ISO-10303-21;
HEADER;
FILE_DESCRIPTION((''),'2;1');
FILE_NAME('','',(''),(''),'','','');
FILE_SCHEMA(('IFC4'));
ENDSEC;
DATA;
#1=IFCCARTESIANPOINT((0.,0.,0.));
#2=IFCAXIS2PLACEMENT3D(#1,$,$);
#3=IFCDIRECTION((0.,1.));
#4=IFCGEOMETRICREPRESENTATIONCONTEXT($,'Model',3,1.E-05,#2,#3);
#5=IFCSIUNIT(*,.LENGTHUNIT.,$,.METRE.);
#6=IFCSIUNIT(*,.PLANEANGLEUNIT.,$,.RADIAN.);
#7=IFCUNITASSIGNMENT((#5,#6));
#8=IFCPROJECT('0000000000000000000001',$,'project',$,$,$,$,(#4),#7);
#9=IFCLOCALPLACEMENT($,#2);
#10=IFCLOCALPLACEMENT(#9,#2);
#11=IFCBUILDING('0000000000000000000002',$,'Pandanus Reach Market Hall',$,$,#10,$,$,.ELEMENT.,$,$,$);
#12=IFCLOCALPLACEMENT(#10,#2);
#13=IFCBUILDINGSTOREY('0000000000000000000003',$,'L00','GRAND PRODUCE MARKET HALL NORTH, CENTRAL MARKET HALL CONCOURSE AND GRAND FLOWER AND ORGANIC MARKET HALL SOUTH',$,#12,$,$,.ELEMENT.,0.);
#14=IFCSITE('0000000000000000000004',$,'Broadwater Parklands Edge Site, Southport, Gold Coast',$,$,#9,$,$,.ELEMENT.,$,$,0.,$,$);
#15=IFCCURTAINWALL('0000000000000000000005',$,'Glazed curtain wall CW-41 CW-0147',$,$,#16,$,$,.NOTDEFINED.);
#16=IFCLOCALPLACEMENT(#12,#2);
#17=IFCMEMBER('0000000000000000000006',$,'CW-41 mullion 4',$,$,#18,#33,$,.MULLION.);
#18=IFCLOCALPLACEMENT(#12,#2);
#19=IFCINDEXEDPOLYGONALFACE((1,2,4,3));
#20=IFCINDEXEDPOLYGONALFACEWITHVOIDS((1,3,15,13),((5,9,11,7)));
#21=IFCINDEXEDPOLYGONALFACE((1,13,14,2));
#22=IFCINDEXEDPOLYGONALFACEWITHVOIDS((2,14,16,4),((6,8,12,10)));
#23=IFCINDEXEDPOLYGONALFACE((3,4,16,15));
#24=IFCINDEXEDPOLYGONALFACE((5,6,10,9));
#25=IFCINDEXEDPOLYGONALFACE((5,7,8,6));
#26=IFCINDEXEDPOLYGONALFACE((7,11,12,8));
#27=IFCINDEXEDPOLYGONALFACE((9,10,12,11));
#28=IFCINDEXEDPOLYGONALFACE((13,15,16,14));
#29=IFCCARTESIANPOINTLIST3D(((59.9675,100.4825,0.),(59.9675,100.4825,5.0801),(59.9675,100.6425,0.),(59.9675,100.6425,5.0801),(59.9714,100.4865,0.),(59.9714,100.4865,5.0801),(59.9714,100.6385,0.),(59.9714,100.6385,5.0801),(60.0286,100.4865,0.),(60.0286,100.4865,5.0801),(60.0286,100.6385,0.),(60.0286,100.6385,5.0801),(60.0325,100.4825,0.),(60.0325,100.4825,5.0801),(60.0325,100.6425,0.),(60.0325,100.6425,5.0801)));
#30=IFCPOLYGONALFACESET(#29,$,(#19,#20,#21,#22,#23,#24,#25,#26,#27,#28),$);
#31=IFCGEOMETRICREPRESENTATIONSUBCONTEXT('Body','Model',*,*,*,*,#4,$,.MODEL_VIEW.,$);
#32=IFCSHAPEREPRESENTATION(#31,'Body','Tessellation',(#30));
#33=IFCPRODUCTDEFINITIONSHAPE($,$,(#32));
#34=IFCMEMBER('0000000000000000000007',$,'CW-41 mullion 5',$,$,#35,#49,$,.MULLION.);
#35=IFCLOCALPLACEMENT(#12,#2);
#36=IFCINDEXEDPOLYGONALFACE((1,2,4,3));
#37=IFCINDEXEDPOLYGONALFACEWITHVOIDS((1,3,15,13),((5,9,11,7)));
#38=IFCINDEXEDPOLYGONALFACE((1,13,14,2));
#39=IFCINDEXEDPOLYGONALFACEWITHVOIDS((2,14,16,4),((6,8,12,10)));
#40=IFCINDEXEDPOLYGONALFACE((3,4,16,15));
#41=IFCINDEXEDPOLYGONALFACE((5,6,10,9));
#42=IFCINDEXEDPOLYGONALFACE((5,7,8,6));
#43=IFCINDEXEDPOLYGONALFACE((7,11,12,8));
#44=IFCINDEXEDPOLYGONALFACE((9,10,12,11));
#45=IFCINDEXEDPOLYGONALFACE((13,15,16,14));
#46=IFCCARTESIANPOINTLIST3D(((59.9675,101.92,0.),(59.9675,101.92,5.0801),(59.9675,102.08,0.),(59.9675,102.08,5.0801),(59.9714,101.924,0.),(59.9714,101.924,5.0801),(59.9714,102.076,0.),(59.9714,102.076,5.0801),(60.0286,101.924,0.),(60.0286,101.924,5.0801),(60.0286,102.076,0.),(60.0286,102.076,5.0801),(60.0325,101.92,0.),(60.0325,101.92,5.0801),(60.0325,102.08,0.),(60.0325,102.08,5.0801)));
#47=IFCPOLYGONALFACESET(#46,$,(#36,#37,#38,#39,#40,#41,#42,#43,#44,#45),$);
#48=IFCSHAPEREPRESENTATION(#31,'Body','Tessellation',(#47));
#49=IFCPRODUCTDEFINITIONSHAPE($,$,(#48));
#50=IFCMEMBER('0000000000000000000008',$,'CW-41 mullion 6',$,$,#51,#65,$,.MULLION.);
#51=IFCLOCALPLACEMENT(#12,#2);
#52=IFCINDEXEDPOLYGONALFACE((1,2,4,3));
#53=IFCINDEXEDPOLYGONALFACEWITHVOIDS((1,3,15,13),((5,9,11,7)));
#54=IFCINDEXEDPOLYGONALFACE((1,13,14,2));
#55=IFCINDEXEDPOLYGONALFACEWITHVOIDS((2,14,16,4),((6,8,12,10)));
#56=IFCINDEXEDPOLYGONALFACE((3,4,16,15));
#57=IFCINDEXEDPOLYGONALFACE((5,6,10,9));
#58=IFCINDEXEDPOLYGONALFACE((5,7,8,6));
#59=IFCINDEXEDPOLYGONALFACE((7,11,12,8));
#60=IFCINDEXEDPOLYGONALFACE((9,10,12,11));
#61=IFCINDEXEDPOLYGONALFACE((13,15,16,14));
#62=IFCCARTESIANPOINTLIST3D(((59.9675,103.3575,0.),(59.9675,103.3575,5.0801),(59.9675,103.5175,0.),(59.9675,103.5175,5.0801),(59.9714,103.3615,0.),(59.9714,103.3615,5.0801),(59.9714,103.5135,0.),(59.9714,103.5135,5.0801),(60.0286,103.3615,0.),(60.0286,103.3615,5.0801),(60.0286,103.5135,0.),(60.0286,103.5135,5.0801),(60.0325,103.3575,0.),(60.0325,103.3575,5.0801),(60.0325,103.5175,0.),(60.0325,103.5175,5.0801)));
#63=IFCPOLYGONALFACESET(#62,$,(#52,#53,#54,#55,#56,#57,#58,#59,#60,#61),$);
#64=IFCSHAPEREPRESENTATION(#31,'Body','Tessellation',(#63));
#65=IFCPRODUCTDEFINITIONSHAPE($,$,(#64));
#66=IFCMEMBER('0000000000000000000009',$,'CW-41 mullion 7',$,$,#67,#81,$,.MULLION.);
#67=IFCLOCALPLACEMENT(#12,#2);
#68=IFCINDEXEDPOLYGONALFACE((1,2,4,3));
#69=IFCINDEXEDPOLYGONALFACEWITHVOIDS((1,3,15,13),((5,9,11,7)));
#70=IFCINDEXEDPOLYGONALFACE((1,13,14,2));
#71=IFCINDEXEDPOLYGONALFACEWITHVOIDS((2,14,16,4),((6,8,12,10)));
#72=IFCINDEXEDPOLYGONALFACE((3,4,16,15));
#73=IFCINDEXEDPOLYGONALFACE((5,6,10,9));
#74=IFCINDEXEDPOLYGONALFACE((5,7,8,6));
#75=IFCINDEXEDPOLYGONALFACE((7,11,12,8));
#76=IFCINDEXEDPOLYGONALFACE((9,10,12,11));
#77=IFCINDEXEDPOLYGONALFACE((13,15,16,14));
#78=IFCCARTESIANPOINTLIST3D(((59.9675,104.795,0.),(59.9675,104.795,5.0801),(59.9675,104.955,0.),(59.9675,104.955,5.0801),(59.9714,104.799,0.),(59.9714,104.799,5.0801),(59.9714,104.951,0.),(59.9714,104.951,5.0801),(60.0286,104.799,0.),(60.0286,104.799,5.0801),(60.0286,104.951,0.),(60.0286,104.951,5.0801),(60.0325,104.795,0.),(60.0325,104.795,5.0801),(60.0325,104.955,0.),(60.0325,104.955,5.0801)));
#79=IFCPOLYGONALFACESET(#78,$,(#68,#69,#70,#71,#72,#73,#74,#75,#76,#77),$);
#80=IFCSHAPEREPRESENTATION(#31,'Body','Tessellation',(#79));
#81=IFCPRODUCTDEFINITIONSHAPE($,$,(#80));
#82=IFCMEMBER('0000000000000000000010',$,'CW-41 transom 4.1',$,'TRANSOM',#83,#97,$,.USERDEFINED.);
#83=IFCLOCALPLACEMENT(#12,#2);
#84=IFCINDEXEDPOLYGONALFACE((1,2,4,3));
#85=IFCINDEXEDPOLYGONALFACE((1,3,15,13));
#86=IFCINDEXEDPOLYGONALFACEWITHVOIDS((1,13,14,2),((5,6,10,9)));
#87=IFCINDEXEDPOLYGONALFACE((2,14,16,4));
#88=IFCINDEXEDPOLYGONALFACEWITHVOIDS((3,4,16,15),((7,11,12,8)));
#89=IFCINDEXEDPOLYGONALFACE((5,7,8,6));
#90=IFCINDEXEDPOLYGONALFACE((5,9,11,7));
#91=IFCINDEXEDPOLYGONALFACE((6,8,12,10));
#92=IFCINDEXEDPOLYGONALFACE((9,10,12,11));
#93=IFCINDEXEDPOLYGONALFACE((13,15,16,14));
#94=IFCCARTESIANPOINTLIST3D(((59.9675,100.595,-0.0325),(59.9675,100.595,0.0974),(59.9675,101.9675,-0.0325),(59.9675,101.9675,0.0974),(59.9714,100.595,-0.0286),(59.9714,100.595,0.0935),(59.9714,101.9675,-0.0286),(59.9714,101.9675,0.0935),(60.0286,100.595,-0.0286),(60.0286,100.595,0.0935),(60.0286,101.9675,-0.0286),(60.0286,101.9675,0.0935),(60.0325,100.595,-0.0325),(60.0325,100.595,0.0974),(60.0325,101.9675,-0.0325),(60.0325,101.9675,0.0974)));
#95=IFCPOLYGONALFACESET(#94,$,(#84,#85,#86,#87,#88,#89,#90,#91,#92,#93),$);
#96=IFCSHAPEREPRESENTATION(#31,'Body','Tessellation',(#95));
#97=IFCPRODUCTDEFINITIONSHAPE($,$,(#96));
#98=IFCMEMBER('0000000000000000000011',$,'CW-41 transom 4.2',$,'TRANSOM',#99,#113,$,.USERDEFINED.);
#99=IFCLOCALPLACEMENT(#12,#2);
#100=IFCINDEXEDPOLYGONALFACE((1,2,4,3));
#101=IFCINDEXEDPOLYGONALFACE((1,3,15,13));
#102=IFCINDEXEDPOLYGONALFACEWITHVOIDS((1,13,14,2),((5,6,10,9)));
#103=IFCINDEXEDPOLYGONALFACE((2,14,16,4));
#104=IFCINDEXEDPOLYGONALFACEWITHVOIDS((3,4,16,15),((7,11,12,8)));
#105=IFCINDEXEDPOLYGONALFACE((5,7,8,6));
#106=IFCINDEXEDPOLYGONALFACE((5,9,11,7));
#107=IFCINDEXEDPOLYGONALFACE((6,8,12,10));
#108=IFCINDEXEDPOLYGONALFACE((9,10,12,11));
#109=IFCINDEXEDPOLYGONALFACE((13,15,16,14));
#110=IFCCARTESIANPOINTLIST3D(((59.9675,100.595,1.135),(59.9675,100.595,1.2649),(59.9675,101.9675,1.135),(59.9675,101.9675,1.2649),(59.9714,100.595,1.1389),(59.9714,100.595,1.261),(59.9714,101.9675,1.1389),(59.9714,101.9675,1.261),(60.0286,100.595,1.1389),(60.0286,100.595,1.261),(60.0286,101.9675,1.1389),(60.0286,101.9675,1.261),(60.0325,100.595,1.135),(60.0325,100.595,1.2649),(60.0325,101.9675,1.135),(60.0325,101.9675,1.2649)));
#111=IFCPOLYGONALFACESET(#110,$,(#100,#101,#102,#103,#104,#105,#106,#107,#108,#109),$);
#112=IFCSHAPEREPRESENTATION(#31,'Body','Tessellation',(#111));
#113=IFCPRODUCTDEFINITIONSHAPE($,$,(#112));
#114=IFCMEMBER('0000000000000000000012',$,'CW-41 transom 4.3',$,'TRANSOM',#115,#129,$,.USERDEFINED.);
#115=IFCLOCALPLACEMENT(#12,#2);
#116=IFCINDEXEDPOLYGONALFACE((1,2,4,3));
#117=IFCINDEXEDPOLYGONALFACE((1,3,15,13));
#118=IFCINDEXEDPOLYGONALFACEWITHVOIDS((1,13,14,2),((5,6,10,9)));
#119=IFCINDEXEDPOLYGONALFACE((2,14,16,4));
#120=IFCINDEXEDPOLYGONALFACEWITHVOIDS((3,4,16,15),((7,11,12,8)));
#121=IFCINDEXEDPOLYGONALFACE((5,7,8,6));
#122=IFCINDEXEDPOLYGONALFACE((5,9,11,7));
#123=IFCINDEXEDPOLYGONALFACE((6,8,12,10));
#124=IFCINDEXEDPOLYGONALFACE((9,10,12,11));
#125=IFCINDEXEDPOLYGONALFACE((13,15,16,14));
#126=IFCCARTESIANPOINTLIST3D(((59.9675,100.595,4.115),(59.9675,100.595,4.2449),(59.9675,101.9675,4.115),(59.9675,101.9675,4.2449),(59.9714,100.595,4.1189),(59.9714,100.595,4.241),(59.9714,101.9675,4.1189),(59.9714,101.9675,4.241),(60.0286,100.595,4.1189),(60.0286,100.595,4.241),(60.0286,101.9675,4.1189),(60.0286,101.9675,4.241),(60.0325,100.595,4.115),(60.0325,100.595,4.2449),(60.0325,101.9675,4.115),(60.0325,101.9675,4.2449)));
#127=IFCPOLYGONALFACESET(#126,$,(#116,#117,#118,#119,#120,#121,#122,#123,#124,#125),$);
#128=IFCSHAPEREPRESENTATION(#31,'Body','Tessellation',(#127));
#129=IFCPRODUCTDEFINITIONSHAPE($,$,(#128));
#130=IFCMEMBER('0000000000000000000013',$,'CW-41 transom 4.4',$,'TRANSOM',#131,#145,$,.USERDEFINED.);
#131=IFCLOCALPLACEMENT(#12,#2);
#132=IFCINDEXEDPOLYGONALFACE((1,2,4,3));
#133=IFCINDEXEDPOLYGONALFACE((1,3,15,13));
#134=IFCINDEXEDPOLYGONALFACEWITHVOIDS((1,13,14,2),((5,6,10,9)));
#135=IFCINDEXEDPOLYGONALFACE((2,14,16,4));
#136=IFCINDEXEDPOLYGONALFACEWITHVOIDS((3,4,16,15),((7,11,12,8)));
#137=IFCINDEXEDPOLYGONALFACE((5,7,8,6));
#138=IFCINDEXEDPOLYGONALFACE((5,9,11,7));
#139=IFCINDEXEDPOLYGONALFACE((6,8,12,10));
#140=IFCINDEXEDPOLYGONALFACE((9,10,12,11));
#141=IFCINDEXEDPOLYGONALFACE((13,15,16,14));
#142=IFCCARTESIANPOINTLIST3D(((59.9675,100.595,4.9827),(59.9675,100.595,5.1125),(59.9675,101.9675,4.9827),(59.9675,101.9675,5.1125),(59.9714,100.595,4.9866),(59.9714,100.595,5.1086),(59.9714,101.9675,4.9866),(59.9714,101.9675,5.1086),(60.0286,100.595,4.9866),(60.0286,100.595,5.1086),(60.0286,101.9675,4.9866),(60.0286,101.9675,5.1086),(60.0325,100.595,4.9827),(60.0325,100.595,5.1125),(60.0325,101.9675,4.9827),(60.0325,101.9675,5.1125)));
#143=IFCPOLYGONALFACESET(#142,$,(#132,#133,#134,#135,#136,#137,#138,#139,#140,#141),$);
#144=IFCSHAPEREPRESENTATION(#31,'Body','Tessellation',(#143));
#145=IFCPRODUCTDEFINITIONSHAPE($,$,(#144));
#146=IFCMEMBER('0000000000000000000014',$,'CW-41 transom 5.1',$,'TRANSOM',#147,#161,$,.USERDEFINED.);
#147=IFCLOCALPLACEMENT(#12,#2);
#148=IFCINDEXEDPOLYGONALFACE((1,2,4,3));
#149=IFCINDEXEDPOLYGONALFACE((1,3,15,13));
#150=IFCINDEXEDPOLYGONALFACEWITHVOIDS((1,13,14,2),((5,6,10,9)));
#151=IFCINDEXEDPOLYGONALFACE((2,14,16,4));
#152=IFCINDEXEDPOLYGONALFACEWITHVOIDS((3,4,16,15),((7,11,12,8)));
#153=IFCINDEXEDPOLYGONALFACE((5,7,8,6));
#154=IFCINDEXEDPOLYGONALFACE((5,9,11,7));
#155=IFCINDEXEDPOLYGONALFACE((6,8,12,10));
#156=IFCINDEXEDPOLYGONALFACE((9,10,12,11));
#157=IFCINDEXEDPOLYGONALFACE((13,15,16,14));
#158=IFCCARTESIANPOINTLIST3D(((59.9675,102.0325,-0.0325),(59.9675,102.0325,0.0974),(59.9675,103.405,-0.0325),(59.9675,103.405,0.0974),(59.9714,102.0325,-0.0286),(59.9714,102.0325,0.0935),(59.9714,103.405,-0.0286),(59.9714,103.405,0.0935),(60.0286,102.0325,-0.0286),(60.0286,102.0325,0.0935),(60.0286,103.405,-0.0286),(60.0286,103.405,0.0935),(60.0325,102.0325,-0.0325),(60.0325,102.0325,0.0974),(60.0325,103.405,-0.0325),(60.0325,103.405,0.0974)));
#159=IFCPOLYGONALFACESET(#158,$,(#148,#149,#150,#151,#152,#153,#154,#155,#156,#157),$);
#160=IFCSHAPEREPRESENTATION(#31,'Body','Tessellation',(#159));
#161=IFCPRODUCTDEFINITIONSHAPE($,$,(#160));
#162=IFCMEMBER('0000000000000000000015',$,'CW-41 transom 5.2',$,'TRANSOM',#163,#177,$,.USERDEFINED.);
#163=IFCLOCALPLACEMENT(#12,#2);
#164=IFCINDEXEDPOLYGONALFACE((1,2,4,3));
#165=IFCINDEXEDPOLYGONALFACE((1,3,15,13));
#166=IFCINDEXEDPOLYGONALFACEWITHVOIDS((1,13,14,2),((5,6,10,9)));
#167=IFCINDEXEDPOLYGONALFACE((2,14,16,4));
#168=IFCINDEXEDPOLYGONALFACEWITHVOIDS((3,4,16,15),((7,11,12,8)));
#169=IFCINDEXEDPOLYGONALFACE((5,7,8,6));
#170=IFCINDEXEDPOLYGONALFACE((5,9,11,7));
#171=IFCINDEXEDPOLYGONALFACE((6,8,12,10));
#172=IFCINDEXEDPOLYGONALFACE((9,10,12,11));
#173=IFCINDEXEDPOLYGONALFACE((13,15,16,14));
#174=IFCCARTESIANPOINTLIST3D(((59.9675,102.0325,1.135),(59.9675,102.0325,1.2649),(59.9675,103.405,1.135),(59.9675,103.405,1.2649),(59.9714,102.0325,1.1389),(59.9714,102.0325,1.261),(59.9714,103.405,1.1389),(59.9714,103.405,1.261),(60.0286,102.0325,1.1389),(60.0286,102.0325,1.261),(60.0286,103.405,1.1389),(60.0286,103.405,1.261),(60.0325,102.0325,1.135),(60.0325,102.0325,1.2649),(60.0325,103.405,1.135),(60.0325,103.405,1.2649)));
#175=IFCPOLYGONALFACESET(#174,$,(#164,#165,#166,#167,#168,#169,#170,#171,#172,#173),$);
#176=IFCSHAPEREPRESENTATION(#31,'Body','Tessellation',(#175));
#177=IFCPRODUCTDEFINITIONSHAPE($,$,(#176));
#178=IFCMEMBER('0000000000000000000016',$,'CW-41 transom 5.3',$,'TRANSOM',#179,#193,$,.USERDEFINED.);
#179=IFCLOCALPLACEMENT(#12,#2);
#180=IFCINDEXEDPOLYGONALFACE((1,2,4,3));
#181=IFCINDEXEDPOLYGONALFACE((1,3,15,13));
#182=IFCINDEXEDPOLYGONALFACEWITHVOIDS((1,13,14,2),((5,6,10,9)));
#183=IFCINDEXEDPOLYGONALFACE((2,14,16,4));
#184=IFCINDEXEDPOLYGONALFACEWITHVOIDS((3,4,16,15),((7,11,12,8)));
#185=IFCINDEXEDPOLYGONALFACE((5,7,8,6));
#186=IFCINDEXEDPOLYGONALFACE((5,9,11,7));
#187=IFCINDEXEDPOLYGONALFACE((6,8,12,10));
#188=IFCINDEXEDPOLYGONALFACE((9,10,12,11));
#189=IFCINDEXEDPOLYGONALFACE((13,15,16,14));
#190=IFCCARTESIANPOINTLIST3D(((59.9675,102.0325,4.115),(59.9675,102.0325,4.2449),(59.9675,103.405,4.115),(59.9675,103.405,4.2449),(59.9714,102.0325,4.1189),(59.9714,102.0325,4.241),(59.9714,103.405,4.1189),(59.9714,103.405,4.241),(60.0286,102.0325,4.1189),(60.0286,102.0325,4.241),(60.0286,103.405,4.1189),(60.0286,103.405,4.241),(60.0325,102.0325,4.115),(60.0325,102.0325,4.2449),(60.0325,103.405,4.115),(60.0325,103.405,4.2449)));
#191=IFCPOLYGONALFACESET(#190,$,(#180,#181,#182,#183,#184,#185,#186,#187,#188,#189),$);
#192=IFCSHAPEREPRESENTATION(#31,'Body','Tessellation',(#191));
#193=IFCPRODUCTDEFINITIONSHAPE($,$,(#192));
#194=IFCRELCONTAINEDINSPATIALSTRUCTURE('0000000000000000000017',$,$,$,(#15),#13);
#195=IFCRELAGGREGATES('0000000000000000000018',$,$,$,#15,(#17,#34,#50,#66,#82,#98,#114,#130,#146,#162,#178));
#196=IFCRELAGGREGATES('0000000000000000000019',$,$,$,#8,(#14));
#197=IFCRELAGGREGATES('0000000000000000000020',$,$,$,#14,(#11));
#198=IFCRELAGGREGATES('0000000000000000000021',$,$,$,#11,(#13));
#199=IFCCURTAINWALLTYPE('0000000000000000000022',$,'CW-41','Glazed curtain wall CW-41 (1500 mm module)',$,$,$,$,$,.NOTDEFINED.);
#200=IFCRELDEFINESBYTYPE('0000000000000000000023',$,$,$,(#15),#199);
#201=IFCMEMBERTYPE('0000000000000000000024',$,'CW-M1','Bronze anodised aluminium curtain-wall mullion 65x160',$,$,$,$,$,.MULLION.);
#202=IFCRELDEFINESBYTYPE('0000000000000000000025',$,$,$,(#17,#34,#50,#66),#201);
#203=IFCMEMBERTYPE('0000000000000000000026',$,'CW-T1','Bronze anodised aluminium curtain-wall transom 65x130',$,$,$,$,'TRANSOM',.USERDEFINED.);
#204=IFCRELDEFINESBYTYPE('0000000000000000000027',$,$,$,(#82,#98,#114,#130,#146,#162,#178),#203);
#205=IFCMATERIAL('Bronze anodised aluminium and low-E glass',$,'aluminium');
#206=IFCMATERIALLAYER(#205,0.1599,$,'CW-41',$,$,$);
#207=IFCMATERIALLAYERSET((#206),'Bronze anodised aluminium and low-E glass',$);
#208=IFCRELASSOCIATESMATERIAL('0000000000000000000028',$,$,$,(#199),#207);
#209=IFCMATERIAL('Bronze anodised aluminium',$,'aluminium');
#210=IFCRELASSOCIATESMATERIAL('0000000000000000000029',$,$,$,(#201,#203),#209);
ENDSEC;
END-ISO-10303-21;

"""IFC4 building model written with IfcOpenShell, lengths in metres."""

from ifc_helpers import new_model, si_unit, direction, frame, origin, origin_2d, place, context, subcontext, project, spatial, hollow_rectangle, extrude, material, layer, layer_set, material_profile, profile_set, type_object, element, aggregate, save


model = new_model("IFC4")

# Units and contexts
model_context = context("Model", 3, precision=1e-05, world=origin(), true_north=direction((0.0, 1.0)))
body_context = subcontext(model_context, "Body", "Model", "MODEL_VIEW")
ifc_project = project(units=[si_unit("LENGTHUNIT", "METRE"), si_unit("PLANEANGLEUNIT", "RADIAN")], contexts=[model_context])

# Site, building, storey
site_placement = place(None, origin())
site = spatial("IfcSite", under=ifc_project, at=site_placement, Name="Broadwater Parklands Edge Site, Southport, Gold Coast", CompositionType="ELEMENT", RefElevation=0.0)
building_placement = place(site_placement, origin())
building = spatial("IfcBuilding", under=site, at=building_placement, Name="Pandanus Reach Market Hall", CompositionType="ELEMENT")
storey_placement = place(building_placement, origin())
storey = spatial("IfcBuildingStorey", under=building, at=storey_placement, Name="L00", Description="GRAND PRODUCE MARKET HALL NORTH, CENTRAL MARKET HALL CONCOURSE AND GRAND FLOWER AND ORGANIC MARKET HALL SOUTH", CompositionType="ELEMENT", Elevation=0.0)

# Curtain wall, members
ifc_material_1 = material(Name="Bronze anodised aluminium and low-E glass", Category="aluminium")
ifc_layer_1 = layer(ifc_material_1, 0.1599, Name="CW-41")
ifc_layer_set_1 = layer_set([ifc_layer_1], Name="Bronze anodised aluminium and low-E glass")
curtain_wall_type = type_object("IfcCurtainWallType", Name="CW-41", Description="Glazed curtain wall CW-41 (1500 mm module)", PredefinedType="NOTDEFINED", material=ifc_layer_set_1)
curtain_wall_placement = place(storey_placement, origin())
curtain_wall = element("IfcCurtainWall", 1, at=curtain_wall_placement, inside=storey, type_object=curtain_wall_type, Name="Glazed curtain wall CW-41 CW-0147", PredefinedType="NOTDEFINED")
ifc_material_2 = material(Name="Bronze anodised aluminium", Category="aluminium")
ifc_material_profile_1 = material_profile(ifc_material_2, hollow_rectangle(XDim=0.0649, YDim=0.1599, WallThickness=0.0039, at=origin_2d()), Name="ALU65x160", Category="LoadBearing")
ifc_profile_set_1 = profile_set([ifc_material_profile_1], Name="Bronze anodised aluminium")
member_type_1 = type_object("IfcMemberType", Name="CW-M1", Description="Bronze anodised aluminium curtain-wall mullion 65x160", PredefinedType="MULLION", material=ifc_profile_set_1)
member_1_placement = place(storey_placement, frame((60.0, 100.5625, 0.0), z_axis=(0.0, 0.0, 1.0), x_axis=(-1.0, 0.0, 0.0)))
member_1 = element("IfcMember", 2, at=member_1_placement, type_object=member_type_1, Name="CW-41 mullion 4", PredefinedType="MULLION", context=body_context, shape_type="SweptSolid", body=[
    extrude(hollow_rectangle(XDim=0.0649, YDim=0.1599, WallThickness=0.0039, at=origin_2d()), origin(), (0.0, 0.0, 1.0), 5.0801),
])
member_2_placement = place(storey_placement, frame((60.0, 102.0, 0.0), z_axis=(0.0, 0.0, 1.0), x_axis=(-1.0, 0.0, 0.0)))
member_2 = element("IfcMember", 3, at=member_2_placement, type_object=member_type_1, Name="CW-41 mullion 5", PredefinedType="MULLION", context=body_context, shape_type="SweptSolid", body=[
    extrude(hollow_rectangle(XDim=0.0649, YDim=0.1599, WallThickness=0.0039, at=origin_2d()), origin(), (0.0, 0.0, 1.0), 5.0801),
])
member_3_placement = place(storey_placement, frame((60.0, 103.4375, 0.0), z_axis=(0.0, 0.0, 1.0), x_axis=(-1.0, 0.0, 0.0)))
member_3 = element("IfcMember", 4, at=member_3_placement, type_object=member_type_1, Name="CW-41 mullion 6", PredefinedType="MULLION", context=body_context, shape_type="SweptSolid", body=[
    extrude(hollow_rectangle(XDim=0.0649, YDim=0.1599, WallThickness=0.0039, at=origin_2d()), origin(), (0.0, 0.0, 1.0), 5.0801),
])
member_4_placement = place(storey_placement, frame((60.0, 104.875, 0.0), z_axis=(0.0, 0.0, 1.0), x_axis=(-1.0, 0.0, 0.0)))
member_4 = element("IfcMember", 5, at=member_4_placement, type_object=member_type_1, Name="CW-41 mullion 7", PredefinedType="MULLION", context=body_context, shape_type="SweptSolid", body=[
    extrude(hollow_rectangle(XDim=0.0649, YDim=0.1599, WallThickness=0.0039, at=origin_2d()), origin(), (0.0, 0.0, 1.0), 5.0801),
])
ifc_material_profile_2 = material_profile(ifc_material_2, hollow_rectangle(XDim=0.0649, YDim=0.1299, WallThickness=0.0039, at=origin_2d()), Name="ALU65x130", Category="LoadBearing")
ifc_profile_set_2 = profile_set([ifc_material_profile_2], Name="Bronze anodised aluminium")
member_type_2 = type_object("IfcMemberType", Name="CW-T1", Description="Bronze anodised aluminium curtain-wall transom 65x130", ElementType="TRANSOM", PredefinedType="USERDEFINED", material=ifc_profile_set_2)
member_5_placement = place(storey_placement, frame((60.0, 100.595, 0.0325), z_axis=(0.0, 1.0, 0.0), x_axis=(-1.0, 0.0, 0.0)))
member_5 = element("IfcMember", 6, at=member_5_placement, type_object=member_type_2, Name="CW-41 transom 4.1", ObjectType="TRANSOM", PredefinedType="USERDEFINED", context=body_context, shape_type="SweptSolid", body=[
    extrude(hollow_rectangle(XDim=0.0649, YDim=0.1299, WallThickness=0.0039, at=origin_2d()), origin(), (0.0, 0.0, 1.0), 1.3726),
])
member_6_placement = place(storey_placement, frame((60.0, 100.595, 1.2), z_axis=(0.0, 1.0, 0.0), x_axis=(-1.0, 0.0, 0.0)))
member_6 = element("IfcMember", 7, at=member_6_placement, type_object=member_type_2, Name="CW-41 transom 4.2", ObjectType="TRANSOM", PredefinedType="USERDEFINED", context=body_context, shape_type="SweptSolid", body=[
    extrude(hollow_rectangle(XDim=0.0649, YDim=0.1299, WallThickness=0.0039, at=origin_2d()), origin(), (0.0, 0.0, 1.0), 1.3726),
])
member_7_placement = place(storey_placement, frame((60.0, 100.595, 4.1799), z_axis=(0.0, 1.0, 0.0), x_axis=(-1.0, 0.0, 0.0)))
member_7 = element("IfcMember", 8, at=member_7_placement, type_object=member_type_2, Name="CW-41 transom 4.3", ObjectType="TRANSOM", PredefinedType="USERDEFINED", context=body_context, shape_type="SweptSolid", body=[
    extrude(hollow_rectangle(XDim=0.0649, YDim=0.1299, WallThickness=0.0039, at=origin_2d()), origin(), (0.0, 0.0, 1.0), 1.3726),
])
member_8_placement = place(storey_placement, frame((60.0, 100.595, 5.0476), z_axis=(0.0, 1.0, 0.0), x_axis=(-1.0, 0.0, 0.0)))
member_8 = element("IfcMember", 9, at=member_8_placement, type_object=member_type_2, Name="CW-41 transom 4.4", ObjectType="TRANSOM", PredefinedType="USERDEFINED", context=body_context, shape_type="SweptSolid", body=[
    extrude(hollow_rectangle(XDim=0.0649, YDim=0.1299, WallThickness=0.0039, at=origin_2d()), origin(), (0.0, 0.0, 1.0), 1.3726),
])
member_9_placement = place(storey_placement, frame((60.0, 102.0325, 0.0325), z_axis=(0.0, 1.0, 0.0), x_axis=(-1.0, 0.0, 0.0)))
member_9 = element("IfcMember", 10, at=member_9_placement, type_object=member_type_2, Name="CW-41 transom 5.1", ObjectType="TRANSOM", PredefinedType="USERDEFINED", context=body_context, shape_type="SweptSolid", body=[
    extrude(hollow_rectangle(XDim=0.0649, YDim=0.1299, WallThickness=0.0039, at=origin_2d()), origin(), (0.0, 0.0, 1.0), 1.3726),
])
member_10_placement = place(storey_placement, frame((60.0, 102.0325, 1.2), z_axis=(0.0, 1.0, 0.0), x_axis=(-1.0, 0.0, 0.0)))
member_10 = element("IfcMember", 11, at=member_10_placement, type_object=member_type_2, Name="CW-41 transom 5.2", ObjectType="TRANSOM", PredefinedType="USERDEFINED", context=body_context, shape_type="SweptSolid", body=[
    extrude(hollow_rectangle(XDim=0.0649, YDim=0.1299, WallThickness=0.0039, at=origin_2d()), origin(), (0.0, 0.0, 1.0), 1.3726),
])
member_11_placement = place(storey_placement, frame((60.0, 102.0325, 4.1799), z_axis=(0.0, 1.0, 0.0), x_axis=(-1.0, 0.0, 0.0)))
member_11 = element("IfcMember", 12, at=member_11_placement, type_object=member_type_2, Name="CW-41 transom 5.3", ObjectType="TRANSOM", PredefinedType="USERDEFINED", context=body_context, shape_type="SweptSolid", body=[
    extrude(hollow_rectangle(XDim=0.0649, YDim=0.1299, WallThickness=0.0039, at=origin_2d()), origin(), (0.0, 0.0, 1.0), 1.3726),
])
aggregate(curtain_wall, [member_1, member_2, member_3, member_4, member_5, member_6, member_7, member_8, member_9, member_10, member_11])

save(model, "model.ifc")
